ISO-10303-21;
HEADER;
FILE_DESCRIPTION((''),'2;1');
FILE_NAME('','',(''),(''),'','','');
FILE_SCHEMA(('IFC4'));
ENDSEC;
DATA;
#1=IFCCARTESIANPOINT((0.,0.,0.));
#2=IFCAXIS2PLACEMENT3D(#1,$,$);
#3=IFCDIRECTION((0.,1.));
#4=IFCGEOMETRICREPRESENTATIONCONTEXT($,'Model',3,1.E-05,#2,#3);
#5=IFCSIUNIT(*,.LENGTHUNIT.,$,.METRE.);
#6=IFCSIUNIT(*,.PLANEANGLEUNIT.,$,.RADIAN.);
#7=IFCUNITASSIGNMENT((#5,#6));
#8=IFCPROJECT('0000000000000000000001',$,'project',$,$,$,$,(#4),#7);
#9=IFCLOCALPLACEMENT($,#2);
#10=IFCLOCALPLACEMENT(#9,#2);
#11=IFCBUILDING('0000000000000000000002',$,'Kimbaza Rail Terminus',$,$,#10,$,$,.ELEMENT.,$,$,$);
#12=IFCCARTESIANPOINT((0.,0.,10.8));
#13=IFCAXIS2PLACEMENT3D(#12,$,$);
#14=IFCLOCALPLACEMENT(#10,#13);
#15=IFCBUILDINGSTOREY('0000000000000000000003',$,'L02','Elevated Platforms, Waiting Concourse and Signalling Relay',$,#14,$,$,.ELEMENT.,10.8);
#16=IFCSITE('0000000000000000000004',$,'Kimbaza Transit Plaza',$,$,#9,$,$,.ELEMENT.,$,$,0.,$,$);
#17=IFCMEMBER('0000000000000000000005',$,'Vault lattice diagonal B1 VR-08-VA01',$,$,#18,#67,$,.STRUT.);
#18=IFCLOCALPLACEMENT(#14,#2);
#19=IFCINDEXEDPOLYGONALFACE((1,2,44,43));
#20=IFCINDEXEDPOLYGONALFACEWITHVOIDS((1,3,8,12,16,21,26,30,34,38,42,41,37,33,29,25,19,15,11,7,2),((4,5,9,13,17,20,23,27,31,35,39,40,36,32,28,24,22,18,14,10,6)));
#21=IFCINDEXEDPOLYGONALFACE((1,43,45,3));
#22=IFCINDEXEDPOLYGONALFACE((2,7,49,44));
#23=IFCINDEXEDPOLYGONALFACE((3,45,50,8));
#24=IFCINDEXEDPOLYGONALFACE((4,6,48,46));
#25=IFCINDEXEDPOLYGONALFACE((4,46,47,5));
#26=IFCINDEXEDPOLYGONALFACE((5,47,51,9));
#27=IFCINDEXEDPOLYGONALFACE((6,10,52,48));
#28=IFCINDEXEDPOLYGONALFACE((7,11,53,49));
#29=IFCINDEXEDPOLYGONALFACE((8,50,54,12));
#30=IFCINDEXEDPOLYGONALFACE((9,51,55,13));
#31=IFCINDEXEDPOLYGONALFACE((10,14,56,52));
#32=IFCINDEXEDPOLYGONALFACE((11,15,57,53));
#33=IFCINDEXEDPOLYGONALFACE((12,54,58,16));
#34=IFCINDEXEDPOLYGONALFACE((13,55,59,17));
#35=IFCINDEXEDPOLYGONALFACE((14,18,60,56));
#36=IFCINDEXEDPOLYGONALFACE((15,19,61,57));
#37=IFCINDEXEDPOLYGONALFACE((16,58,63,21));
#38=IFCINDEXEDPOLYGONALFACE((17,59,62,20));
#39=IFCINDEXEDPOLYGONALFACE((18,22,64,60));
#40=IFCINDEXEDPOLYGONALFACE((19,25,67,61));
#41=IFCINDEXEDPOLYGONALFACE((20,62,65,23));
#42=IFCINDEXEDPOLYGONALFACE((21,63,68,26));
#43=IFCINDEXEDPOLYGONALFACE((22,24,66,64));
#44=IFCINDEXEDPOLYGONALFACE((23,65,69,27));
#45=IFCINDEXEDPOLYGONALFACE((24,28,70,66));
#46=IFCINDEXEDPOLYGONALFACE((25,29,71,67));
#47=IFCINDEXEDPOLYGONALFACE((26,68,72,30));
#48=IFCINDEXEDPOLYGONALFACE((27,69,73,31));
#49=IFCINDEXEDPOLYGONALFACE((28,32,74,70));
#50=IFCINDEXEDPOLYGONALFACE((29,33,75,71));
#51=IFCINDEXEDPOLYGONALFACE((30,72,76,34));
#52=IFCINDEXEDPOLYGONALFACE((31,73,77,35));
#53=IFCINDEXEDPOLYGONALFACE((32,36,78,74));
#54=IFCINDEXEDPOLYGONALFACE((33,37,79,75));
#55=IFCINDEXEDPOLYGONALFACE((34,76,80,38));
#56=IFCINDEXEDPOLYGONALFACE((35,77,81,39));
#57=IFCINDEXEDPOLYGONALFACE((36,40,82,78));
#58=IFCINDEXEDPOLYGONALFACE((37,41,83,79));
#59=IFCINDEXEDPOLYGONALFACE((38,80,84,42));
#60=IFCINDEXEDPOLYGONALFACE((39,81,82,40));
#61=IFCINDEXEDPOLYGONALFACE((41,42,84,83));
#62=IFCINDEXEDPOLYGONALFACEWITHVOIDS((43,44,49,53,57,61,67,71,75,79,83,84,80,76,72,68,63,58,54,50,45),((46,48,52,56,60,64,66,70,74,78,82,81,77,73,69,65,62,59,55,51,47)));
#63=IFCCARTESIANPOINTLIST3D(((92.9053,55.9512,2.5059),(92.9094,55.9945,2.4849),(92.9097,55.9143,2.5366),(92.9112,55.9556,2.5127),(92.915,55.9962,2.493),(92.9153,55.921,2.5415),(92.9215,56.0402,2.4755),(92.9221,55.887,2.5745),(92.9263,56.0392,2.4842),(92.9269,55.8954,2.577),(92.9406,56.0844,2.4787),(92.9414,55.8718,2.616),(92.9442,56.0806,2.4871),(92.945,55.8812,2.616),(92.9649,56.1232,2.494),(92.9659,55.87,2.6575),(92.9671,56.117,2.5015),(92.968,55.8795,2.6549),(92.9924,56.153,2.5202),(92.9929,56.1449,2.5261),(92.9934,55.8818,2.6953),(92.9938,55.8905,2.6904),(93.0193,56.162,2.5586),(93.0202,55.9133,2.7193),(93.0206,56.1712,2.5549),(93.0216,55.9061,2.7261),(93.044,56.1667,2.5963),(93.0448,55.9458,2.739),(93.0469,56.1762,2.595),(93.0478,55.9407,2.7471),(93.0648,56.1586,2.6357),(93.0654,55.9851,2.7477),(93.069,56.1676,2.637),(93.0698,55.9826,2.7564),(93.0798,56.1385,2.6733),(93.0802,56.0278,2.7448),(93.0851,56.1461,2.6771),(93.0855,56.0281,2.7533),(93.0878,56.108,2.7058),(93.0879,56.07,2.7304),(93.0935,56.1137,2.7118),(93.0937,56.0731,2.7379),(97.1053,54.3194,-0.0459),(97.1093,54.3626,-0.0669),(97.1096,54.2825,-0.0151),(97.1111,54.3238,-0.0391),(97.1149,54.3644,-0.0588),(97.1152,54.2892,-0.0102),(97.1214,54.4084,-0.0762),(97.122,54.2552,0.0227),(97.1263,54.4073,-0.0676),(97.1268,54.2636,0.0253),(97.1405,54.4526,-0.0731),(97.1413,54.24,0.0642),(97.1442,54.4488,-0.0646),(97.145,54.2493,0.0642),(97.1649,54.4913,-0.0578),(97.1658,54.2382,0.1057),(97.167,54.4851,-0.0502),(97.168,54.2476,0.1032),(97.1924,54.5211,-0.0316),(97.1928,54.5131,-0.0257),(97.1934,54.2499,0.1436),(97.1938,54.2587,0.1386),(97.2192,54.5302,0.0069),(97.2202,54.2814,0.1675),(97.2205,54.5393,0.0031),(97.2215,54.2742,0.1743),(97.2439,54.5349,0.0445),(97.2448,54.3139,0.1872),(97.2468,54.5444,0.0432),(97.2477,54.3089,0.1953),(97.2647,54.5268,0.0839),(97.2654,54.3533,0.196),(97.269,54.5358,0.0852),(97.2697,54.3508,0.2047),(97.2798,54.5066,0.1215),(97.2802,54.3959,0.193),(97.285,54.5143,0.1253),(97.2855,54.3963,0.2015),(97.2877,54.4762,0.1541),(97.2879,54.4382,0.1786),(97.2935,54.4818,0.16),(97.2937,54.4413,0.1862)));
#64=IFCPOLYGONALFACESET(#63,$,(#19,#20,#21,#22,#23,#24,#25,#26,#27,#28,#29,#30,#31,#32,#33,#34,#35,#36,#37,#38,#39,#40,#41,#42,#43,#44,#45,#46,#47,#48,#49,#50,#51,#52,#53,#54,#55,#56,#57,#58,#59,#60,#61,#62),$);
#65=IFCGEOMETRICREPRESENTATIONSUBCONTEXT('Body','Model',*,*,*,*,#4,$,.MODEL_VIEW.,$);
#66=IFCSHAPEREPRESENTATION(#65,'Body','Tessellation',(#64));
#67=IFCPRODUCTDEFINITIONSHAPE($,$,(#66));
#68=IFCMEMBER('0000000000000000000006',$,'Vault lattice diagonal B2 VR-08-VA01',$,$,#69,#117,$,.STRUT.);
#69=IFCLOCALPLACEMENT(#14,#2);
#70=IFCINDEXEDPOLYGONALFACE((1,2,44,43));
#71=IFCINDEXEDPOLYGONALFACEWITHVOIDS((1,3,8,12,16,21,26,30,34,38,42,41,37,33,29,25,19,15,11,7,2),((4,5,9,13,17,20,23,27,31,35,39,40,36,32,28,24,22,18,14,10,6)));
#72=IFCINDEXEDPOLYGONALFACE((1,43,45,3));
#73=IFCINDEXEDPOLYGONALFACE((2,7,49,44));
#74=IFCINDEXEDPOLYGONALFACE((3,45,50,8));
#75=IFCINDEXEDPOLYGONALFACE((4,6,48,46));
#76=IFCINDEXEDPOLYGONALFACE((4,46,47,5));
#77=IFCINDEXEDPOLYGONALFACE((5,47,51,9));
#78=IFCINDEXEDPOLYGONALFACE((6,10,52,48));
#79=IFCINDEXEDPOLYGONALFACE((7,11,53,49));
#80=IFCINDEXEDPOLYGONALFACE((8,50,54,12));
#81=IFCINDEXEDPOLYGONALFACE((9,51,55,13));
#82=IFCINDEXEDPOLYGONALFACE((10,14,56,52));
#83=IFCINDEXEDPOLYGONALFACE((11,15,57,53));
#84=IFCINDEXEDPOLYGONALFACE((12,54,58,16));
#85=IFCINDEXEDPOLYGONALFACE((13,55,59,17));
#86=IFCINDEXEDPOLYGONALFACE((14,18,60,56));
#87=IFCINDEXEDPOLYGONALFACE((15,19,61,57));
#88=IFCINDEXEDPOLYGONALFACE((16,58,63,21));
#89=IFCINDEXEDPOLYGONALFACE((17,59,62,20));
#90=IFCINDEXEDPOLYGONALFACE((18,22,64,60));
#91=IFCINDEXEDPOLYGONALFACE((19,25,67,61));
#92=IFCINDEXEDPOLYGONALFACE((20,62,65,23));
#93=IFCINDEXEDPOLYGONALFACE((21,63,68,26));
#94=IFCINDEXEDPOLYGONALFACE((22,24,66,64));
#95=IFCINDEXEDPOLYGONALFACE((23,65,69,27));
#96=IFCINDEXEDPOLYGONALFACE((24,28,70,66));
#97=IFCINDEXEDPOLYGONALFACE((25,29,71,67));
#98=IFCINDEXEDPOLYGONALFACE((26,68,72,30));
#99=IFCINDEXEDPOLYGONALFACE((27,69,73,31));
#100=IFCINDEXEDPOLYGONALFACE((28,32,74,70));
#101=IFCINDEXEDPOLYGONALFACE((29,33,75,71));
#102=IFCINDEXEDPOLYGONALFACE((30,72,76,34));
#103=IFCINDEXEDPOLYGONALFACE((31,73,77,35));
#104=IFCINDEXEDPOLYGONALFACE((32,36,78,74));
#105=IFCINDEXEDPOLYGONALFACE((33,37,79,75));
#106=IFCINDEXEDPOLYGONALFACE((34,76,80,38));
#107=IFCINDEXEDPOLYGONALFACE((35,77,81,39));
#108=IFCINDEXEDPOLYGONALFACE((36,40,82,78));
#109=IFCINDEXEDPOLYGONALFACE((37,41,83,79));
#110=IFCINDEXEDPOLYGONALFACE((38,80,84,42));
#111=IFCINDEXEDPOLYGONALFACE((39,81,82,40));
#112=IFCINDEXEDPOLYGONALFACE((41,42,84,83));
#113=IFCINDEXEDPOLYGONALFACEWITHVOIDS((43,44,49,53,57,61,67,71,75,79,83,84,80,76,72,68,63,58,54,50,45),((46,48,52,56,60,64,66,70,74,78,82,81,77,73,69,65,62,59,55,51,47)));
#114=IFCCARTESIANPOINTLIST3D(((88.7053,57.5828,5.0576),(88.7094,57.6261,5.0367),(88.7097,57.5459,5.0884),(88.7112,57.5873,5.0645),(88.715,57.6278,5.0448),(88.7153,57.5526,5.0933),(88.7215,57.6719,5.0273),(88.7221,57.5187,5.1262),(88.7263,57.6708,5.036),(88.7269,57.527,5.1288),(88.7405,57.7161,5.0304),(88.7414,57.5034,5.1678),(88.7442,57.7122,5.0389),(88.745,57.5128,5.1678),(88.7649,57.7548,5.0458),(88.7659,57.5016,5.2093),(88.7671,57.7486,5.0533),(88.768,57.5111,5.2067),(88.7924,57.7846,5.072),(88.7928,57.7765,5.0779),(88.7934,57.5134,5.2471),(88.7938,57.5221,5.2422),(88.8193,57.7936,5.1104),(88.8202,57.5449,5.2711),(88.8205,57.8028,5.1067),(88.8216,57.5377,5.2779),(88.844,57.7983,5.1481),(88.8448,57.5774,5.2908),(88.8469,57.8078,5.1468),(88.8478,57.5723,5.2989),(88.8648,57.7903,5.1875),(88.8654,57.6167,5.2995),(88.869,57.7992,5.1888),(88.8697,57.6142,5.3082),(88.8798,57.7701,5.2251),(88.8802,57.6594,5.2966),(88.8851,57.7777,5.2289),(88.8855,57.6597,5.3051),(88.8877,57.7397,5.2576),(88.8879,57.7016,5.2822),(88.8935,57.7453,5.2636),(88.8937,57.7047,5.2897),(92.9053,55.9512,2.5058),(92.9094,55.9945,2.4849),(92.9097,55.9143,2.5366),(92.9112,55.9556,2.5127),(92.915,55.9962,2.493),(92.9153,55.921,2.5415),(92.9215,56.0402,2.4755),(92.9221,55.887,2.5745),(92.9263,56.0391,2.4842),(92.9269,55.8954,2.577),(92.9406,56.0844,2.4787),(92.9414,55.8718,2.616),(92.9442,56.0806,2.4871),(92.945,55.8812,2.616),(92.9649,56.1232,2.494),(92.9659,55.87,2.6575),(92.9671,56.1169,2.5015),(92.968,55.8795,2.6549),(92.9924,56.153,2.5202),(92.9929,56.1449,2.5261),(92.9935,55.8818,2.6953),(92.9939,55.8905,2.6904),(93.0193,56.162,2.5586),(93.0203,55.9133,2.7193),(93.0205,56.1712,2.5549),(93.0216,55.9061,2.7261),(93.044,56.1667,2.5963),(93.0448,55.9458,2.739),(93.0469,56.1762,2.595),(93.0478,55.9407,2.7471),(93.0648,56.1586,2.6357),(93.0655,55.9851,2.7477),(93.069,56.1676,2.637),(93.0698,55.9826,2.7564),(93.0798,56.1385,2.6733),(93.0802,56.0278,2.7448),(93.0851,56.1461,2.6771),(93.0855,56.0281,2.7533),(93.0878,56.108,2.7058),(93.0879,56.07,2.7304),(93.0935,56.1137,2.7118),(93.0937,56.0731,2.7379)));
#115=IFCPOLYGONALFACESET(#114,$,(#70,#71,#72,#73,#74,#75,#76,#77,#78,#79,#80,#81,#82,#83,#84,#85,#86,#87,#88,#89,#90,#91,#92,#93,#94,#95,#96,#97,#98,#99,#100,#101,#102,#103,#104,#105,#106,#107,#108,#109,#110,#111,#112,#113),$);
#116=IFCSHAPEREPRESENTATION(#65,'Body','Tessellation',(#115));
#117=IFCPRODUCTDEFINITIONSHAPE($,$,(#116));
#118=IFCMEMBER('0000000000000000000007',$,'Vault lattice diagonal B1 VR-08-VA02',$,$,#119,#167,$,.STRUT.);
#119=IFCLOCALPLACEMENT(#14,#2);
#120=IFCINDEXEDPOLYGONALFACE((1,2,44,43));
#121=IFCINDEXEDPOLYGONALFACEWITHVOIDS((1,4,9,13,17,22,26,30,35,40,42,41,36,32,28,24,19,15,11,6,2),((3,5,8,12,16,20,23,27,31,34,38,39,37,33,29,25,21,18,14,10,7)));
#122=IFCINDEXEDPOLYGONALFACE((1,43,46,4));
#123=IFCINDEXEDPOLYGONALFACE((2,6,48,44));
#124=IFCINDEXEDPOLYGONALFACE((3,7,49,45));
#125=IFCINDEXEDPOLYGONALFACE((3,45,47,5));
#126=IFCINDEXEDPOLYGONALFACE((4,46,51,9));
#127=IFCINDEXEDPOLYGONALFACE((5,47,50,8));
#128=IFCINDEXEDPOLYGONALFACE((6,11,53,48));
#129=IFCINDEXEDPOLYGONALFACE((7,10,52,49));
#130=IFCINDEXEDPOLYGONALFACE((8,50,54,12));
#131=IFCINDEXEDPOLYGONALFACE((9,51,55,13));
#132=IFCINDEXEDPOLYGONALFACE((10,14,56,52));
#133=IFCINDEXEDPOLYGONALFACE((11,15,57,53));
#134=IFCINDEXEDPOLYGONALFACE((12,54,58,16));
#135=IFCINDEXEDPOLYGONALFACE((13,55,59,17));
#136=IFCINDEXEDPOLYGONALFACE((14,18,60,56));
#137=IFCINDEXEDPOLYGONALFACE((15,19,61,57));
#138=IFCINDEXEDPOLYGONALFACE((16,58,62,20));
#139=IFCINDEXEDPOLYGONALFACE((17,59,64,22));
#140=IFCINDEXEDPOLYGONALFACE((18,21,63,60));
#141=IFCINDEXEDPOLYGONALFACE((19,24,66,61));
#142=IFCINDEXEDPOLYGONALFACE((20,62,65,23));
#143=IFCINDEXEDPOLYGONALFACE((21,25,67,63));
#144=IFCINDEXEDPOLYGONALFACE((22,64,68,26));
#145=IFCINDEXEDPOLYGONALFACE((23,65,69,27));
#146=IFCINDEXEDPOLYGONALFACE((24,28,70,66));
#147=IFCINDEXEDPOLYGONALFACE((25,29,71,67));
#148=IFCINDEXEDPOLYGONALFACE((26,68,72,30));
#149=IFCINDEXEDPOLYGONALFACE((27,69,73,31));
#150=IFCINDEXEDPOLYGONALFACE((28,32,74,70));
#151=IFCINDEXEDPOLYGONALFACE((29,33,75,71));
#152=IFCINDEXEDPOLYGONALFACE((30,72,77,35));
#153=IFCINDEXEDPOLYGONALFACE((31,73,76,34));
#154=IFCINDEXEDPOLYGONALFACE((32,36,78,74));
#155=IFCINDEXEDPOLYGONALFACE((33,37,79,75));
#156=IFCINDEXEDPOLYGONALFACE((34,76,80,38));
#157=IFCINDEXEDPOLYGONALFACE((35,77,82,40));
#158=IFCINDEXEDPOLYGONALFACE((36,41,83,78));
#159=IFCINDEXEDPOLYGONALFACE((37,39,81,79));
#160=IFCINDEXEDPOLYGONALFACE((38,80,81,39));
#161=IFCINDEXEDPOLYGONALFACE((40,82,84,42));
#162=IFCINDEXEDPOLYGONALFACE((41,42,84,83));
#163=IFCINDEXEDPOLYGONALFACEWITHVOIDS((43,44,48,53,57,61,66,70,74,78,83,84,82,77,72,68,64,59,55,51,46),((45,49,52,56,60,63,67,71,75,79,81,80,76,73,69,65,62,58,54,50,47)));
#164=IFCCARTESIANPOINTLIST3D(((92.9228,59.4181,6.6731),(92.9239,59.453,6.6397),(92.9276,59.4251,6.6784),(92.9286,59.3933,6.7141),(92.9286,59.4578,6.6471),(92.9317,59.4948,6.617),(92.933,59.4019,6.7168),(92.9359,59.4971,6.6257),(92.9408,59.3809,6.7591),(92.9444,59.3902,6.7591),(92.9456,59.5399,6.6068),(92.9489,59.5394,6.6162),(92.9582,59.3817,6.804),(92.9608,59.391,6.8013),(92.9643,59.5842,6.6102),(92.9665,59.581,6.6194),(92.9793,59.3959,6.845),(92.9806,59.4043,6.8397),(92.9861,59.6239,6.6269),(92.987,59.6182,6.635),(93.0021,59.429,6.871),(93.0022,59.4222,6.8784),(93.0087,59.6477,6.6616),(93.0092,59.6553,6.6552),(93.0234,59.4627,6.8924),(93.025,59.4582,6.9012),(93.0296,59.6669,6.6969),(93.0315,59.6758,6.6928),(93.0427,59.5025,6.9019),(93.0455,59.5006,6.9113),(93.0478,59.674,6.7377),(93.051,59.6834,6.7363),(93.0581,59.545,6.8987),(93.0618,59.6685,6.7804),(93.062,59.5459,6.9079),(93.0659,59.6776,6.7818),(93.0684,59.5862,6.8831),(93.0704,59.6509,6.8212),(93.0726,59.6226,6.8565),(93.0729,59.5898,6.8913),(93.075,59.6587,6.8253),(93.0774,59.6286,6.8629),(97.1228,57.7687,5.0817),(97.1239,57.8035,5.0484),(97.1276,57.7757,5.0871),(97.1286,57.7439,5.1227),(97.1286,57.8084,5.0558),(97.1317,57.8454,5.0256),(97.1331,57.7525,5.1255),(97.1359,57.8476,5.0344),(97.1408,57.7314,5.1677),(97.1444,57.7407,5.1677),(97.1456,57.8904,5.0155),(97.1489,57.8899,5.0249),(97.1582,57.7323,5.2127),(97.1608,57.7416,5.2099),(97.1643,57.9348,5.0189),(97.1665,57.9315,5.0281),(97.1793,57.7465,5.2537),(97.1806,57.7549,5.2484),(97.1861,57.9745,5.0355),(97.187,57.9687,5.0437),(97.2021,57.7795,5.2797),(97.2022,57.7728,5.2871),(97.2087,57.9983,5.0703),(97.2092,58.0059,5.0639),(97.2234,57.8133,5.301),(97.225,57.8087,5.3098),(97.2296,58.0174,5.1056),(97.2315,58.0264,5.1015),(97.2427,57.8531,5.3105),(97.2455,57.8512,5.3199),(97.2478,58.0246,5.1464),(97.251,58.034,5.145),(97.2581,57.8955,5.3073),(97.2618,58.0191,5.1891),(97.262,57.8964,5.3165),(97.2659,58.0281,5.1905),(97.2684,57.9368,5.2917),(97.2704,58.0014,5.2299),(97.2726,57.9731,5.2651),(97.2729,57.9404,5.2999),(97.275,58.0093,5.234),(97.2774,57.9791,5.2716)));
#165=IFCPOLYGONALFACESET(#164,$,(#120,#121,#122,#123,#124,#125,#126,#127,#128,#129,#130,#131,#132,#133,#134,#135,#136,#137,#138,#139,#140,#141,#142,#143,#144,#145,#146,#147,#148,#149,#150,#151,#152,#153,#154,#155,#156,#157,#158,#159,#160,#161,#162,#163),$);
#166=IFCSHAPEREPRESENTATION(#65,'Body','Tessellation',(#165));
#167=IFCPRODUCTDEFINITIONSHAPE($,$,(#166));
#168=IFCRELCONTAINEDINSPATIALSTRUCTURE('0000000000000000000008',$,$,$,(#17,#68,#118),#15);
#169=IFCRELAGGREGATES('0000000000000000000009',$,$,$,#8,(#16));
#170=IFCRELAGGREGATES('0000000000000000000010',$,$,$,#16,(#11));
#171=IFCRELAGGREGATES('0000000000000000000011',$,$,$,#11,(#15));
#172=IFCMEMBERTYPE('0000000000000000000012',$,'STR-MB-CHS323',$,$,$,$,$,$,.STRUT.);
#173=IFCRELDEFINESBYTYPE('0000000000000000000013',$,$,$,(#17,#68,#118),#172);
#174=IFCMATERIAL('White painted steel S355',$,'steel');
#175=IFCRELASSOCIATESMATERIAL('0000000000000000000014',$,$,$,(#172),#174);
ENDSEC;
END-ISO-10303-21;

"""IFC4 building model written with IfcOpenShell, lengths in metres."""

from ifc_helpers import new_model, si_unit, direction, frame, origin, origin_2d, place, context, subcontext, project, spatial, hollow_circle, extrude, material, material_profile, profile_set, type_object, element, save


model = new_model("IFC4")

# Units and contexts
model_context = context("Model", 3, precision=1e-05, world=origin(), true_north=direction((0.0, 1.0)))
body_context = subcontext(model_context, "Body", "Model", "MODEL_VIEW")
ifc_project = project(units=[si_unit("LENGTHUNIT", "METRE"), si_unit("PLANEANGLEUNIT", "RADIAN")], contexts=[model_context])

# Site, building, storey
site_placement = place(None, origin())
site = spatial("IfcSite", under=ifc_project, at=site_placement, Name="Kimbaza Transit Plaza", CompositionType="ELEMENT", RefElevation=0.0)
building_placement = place(site_placement, origin())
building = spatial("IfcBuilding", under=site, at=building_placement, Name="Kimbaza Rail Terminus", CompositionType="ELEMENT")
storey_placement = place(building_placement, frame((0.0, 0.0, 10.8)))
storey = spatial("IfcBuildingStorey", under=building, at=storey_placement, Name="L02", Description="Elevated Platforms, Waiting Concourse and Signalling Relay", CompositionType="ELEMENT", Elevation=10.8)

# Members
ifc_material_1 = material(Name="White painted steel S355", Category="steel")
ifc_material_profile_1 = material_profile(ifc_material_1, hollow_circle(Radius=0.1619, WallThickness=0.01, at=origin_2d()), Name="CHS 323.9x10")
ifc_profile_set_1 = profile_set([ifc_material_profile_1], Name="White painted steel S355")
member_type_1 = type_object("IfcMemberType", Name="STR-MB-CHS323", PredefinedType="STRUT", material=ifc_profile_set_1)
for number, where, z_axis, x_axis, name in (
    (1, (97.2, 54.3909, 0.0642), (-0.81108, 0.315135, 0.492787), (-0.362161, -0.932115, 0.0), "Vault lattice diagonal B1 VR-08-VA01"),
    (2, (93.0, 56.0227, 2.616), (-0.811092, 0.315092, 0.492794), (-0.362114, -0.932134, 0.0), "Vault lattice diagonal B2 VR-08-VA01"),
):
    element("IfcMember", number, at=place(storey_placement, frame(where, z_axis=z_axis, x_axis=x_axis)), inside=storey, type_object=member_type_1, Name=name, PredefinedType="STRUT", context=body_context, shape_type="SweptSolid", body=[
        extrude(hollow_circle(Radius=0.1619, WallThickness=0.01, at=origin_2d()), origin(), (0.0, 0.0, 1.0), 5.1782),
    ])
for number, where, z_axis, x_axis, name in (
    (3, (97.2, 57.8821, 5.1677), (-0.877806, 0.344734, 0.33259), (-0.365544, -0.930794, 0.0), "Vault lattice diagonal B1 VR-08-VA02"),
):
    element("IfcMember", number, at=place(storey_placement, frame(where, z_axis=z_axis, x_axis=x_axis)), inside=storey, type_object=member_type_1, Name=name, PredefinedType="STRUT", context=body_context, shape_type="SweptSolid", body=[
        extrude(hollow_circle(Radius=0.1619, WallThickness=0.01, at=origin_2d()), origin(), (0.0, 0.0, 1.0), 4.7847),
    ])

save(model, "model.ifc")
